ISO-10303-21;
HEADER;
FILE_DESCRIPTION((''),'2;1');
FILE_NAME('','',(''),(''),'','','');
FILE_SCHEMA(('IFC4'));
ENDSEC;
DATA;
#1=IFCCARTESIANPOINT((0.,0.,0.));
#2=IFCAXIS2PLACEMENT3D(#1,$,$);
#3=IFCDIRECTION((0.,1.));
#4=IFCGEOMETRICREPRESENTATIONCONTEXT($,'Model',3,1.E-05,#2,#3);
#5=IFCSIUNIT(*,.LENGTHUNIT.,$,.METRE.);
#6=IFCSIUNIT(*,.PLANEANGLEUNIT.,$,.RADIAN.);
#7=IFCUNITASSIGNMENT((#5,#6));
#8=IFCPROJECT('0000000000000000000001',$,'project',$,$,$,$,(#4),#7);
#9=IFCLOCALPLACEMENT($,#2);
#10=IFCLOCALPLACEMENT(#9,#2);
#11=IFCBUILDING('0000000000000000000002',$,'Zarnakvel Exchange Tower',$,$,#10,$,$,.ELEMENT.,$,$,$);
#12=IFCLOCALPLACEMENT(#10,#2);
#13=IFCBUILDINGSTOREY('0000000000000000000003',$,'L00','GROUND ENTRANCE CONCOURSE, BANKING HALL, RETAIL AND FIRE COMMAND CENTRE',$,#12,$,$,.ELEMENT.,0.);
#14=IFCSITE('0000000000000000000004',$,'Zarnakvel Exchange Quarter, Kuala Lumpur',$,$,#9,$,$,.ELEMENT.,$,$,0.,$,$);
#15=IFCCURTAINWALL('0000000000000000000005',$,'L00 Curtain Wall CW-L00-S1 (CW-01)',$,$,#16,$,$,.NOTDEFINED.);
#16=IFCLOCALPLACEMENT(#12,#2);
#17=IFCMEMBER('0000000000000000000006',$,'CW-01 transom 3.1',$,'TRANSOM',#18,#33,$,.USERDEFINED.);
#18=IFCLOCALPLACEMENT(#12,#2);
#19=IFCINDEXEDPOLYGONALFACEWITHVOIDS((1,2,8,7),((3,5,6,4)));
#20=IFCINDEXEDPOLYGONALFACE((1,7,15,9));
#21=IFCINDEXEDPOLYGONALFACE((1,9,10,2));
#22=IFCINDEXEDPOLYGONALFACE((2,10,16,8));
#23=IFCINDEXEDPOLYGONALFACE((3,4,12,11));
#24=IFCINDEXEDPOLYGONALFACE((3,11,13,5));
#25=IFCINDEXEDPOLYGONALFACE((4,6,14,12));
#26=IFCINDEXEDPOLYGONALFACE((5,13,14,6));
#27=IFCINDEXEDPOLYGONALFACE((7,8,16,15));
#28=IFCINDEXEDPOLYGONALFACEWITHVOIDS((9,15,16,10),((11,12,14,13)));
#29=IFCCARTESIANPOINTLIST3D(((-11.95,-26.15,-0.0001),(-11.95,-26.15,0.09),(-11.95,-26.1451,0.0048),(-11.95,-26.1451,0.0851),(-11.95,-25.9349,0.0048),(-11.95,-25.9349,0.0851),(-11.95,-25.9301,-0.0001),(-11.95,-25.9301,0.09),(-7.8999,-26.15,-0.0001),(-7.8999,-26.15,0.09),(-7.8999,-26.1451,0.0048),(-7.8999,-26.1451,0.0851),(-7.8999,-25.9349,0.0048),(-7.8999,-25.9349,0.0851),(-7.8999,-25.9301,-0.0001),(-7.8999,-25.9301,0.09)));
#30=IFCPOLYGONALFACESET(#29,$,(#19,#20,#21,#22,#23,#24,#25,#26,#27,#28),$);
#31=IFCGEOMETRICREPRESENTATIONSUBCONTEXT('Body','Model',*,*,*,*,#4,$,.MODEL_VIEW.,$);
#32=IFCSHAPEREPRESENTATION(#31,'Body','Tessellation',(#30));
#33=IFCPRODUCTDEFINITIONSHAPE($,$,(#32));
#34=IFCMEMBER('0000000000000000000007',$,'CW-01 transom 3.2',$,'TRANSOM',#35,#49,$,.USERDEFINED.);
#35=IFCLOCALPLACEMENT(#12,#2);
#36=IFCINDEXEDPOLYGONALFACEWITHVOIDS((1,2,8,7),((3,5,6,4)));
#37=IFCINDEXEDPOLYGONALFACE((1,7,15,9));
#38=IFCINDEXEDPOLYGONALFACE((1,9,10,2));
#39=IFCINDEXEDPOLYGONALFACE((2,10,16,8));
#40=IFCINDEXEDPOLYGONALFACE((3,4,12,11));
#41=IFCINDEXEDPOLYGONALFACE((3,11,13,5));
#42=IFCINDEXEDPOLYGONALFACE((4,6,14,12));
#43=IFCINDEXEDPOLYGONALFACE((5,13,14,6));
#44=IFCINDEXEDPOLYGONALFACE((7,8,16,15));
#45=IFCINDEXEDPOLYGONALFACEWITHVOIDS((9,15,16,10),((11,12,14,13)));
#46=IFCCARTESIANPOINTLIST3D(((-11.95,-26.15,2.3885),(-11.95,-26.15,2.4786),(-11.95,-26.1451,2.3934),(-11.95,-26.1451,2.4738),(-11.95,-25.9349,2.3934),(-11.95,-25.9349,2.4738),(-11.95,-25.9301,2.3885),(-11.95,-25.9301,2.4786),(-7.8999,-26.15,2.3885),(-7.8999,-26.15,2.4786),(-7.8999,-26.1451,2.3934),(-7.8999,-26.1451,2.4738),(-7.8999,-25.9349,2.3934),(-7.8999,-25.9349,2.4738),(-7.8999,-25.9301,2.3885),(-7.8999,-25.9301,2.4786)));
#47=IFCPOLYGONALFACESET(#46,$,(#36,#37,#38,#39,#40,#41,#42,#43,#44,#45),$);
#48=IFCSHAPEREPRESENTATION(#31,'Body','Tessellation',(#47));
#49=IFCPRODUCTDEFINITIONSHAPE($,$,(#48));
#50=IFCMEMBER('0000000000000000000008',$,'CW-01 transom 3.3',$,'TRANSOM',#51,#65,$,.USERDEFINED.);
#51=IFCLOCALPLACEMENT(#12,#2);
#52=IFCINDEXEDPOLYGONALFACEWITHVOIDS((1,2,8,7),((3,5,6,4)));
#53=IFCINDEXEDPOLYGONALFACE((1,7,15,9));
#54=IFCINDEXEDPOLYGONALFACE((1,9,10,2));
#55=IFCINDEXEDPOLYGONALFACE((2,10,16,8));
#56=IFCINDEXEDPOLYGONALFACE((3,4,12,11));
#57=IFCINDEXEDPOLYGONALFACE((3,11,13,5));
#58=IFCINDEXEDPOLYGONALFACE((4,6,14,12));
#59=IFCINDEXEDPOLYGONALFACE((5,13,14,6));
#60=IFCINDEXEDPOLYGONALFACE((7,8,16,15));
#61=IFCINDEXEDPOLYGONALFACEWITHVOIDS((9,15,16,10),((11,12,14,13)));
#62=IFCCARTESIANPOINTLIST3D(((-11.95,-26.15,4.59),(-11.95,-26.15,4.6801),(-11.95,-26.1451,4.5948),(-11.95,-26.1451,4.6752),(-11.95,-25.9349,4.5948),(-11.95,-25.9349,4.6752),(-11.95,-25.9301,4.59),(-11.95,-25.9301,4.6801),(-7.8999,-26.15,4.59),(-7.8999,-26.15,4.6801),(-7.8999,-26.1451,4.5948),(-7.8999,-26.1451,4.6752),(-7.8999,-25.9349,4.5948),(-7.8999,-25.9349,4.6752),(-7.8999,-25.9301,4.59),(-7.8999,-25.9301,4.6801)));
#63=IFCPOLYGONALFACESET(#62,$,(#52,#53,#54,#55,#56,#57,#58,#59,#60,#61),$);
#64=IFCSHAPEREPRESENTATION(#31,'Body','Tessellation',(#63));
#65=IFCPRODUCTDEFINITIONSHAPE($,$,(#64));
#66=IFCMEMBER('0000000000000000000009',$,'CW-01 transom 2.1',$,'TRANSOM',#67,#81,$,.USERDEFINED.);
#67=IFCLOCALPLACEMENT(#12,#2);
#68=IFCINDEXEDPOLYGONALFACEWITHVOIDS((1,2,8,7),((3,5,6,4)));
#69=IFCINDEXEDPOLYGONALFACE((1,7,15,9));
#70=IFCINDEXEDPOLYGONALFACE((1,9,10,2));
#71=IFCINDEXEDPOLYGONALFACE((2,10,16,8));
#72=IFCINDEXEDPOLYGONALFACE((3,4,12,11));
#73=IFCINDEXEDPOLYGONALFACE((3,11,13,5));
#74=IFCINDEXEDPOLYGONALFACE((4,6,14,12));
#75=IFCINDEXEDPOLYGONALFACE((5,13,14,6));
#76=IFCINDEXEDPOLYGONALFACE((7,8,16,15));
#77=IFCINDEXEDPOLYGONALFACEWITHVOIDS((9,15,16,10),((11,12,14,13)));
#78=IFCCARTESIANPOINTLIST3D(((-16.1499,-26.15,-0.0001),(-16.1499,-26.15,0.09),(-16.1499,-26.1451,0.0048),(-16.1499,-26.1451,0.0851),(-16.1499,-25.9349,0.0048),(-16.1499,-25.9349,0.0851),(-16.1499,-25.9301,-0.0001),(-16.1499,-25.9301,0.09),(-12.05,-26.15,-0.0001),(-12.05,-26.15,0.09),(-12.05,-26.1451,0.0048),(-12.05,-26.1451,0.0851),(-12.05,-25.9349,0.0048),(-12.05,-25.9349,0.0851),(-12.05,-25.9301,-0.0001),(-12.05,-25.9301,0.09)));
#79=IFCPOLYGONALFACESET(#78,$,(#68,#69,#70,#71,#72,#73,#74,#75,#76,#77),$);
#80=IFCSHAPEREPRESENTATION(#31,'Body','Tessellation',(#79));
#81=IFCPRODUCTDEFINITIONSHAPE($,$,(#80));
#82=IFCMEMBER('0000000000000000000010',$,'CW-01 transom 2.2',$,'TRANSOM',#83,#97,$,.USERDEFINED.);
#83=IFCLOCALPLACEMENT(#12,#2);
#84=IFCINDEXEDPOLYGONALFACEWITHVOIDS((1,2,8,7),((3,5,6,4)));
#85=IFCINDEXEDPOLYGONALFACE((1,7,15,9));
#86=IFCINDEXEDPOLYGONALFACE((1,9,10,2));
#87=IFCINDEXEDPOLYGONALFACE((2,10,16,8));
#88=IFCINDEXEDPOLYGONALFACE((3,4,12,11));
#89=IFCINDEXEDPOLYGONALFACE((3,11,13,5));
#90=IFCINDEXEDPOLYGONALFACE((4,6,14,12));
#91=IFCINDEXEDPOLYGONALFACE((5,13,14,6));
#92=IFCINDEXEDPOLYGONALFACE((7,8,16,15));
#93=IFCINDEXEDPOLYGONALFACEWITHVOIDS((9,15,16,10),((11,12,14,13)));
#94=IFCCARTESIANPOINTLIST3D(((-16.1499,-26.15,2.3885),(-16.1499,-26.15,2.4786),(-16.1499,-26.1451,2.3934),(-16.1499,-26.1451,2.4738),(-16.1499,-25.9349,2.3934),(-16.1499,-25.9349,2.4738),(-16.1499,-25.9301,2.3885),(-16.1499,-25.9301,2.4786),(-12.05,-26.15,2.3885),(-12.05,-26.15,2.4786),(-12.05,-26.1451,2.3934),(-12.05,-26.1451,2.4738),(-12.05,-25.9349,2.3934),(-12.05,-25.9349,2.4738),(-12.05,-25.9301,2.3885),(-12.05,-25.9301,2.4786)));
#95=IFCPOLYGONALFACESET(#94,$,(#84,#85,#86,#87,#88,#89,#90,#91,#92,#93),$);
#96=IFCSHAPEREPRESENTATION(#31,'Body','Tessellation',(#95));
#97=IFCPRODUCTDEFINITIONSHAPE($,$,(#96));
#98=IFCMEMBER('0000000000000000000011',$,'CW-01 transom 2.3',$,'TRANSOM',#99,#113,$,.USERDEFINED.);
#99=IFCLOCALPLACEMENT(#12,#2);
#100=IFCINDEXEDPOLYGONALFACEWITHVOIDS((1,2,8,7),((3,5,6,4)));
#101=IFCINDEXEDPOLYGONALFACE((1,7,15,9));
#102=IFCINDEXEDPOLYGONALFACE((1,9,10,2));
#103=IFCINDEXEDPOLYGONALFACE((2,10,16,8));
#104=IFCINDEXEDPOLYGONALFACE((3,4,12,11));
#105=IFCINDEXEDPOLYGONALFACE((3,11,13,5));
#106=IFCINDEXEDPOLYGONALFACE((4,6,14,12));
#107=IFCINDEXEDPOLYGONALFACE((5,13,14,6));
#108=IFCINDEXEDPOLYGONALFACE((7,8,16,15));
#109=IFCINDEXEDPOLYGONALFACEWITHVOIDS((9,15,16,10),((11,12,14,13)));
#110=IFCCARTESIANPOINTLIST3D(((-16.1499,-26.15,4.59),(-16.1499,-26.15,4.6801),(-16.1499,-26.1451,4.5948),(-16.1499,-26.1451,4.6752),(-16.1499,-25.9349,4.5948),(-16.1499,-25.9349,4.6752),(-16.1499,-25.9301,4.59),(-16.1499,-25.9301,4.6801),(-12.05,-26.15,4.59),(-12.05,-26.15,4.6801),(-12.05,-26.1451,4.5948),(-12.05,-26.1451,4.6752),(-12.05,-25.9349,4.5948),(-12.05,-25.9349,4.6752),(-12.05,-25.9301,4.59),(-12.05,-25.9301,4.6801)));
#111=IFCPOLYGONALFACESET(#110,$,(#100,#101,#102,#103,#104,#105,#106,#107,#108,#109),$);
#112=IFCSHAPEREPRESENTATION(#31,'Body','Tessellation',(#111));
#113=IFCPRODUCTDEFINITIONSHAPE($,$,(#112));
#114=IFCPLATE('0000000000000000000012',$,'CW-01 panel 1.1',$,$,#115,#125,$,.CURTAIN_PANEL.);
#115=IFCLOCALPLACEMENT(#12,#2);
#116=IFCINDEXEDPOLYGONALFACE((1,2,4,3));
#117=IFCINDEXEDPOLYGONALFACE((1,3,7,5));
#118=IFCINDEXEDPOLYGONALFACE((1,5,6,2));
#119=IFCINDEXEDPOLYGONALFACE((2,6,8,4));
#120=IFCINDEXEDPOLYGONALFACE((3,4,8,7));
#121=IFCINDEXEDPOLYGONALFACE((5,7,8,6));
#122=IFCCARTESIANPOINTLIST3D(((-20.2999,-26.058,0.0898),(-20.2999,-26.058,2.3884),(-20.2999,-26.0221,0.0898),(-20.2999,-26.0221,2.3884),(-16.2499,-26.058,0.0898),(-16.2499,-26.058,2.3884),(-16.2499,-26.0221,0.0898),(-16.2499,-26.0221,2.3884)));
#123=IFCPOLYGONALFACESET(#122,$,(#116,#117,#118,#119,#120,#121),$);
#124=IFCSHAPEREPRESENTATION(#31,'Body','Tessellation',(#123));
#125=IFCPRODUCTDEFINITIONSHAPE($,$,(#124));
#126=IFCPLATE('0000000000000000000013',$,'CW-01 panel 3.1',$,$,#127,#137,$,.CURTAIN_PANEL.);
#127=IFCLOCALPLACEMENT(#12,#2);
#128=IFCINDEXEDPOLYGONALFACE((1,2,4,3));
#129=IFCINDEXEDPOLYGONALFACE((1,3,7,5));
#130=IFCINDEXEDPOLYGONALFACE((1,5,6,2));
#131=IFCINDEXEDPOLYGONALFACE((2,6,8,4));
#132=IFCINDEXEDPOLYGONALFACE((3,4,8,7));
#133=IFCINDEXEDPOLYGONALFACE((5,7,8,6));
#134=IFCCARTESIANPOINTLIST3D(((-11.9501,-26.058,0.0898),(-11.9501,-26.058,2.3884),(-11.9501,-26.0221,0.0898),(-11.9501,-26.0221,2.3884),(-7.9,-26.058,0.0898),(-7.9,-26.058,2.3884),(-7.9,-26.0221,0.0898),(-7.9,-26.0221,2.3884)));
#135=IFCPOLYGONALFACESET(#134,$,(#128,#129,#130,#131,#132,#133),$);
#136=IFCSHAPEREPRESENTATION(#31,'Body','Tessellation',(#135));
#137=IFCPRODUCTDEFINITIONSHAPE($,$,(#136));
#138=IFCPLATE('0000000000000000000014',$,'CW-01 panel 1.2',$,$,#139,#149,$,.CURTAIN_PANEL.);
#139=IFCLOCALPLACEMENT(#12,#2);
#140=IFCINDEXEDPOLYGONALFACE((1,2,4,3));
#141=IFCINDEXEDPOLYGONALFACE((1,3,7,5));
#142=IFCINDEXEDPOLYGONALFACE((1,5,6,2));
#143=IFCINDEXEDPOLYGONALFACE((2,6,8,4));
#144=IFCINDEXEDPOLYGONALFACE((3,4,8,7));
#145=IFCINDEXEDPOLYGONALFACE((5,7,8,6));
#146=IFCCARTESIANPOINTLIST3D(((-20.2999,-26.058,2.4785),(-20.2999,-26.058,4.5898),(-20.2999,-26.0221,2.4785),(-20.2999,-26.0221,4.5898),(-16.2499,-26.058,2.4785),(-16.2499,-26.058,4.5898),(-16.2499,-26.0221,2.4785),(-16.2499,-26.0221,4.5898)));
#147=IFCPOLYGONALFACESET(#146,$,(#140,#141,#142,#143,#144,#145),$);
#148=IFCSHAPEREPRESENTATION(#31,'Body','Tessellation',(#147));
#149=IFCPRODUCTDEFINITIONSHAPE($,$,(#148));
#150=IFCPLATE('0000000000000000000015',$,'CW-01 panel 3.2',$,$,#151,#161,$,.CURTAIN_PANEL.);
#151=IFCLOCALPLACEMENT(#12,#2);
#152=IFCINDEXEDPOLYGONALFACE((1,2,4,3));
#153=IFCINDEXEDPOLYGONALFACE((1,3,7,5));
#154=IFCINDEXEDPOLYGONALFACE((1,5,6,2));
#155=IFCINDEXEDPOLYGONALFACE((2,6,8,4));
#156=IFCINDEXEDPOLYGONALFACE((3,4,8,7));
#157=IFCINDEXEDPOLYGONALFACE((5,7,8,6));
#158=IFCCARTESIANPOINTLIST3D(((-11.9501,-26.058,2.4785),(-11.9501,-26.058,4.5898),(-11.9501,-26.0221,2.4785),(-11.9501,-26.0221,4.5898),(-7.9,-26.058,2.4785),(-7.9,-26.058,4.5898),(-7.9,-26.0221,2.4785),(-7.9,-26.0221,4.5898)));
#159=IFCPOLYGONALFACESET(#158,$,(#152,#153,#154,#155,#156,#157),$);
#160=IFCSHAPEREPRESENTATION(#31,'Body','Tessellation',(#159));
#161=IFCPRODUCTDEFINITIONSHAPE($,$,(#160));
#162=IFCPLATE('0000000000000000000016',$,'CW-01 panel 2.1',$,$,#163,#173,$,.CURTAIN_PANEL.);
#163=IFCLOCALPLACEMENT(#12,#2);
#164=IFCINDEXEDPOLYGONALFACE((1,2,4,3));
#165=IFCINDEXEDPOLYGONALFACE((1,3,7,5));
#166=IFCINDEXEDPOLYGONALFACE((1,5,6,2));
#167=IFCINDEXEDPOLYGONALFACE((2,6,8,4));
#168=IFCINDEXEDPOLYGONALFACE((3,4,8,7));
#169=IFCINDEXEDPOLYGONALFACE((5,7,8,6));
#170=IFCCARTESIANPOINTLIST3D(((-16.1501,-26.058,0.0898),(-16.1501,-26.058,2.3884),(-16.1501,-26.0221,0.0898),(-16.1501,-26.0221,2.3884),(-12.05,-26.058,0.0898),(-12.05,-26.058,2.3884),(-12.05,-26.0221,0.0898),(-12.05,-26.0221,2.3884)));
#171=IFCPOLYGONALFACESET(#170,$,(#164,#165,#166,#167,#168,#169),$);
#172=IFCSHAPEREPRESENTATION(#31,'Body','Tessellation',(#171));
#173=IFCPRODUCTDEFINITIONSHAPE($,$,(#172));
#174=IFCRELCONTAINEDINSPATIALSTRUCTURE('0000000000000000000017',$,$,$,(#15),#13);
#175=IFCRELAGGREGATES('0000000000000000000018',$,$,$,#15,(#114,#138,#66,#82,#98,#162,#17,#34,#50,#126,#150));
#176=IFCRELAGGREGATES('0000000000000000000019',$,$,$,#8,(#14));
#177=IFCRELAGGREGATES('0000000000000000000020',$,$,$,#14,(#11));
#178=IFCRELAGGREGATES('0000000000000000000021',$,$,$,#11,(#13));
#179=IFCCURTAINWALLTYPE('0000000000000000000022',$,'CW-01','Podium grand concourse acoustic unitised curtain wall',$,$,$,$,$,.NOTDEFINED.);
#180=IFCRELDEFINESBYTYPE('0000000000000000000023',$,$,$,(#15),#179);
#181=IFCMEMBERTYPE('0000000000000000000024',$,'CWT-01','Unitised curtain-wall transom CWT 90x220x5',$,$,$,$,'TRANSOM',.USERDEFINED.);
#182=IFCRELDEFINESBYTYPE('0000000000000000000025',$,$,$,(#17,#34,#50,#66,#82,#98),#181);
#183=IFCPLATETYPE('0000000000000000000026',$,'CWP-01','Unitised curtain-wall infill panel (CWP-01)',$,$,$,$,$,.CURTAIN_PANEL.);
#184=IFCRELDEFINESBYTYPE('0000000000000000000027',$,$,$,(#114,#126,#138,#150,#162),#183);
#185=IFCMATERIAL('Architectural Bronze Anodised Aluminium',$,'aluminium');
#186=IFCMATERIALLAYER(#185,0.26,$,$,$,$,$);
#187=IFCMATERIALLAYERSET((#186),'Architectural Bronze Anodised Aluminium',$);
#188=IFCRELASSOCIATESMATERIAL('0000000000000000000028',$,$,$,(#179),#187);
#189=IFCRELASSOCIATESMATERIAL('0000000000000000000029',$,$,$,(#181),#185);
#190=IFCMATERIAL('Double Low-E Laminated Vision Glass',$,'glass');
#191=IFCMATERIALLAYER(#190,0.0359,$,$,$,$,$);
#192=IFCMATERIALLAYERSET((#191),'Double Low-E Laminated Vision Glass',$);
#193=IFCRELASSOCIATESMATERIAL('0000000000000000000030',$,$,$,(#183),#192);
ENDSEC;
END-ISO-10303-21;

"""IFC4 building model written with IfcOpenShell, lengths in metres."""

from ifc_helpers import new_model, si_unit, direction, frame, origin, origin_2d, place, context, subcontext, project, spatial, rectangle, hollow_rectangle, extrude, source, transform, mapped, material, layer, layer_set, material_profile, profile_set, type_object, element, aggregate, save


model = new_model("IFC4")

# Units and contexts
model_context = context("Model", 3, precision=1e-05, world=origin(), true_north=direction((0.0, 1.0)))
body_context = subcontext(model_context, "Body", "Model", "MODEL_VIEW")
ifc_project = project(units=[si_unit("LENGTHUNIT", "METRE"), si_unit("PLANEANGLEUNIT", "RADIAN")], contexts=[model_context])

# Site, building, storey
site_placement = place(None, origin())
site = spatial("IfcSite", under=ifc_project, at=site_placement, Name="Zarnakvel Exchange Quarter, Kuala Lumpur", CompositionType="ELEMENT", RefElevation=0.0)
building_placement = place(site_placement, origin())
building = spatial("IfcBuilding", under=site, at=building_placement, Name="Zarnakvel Exchange Tower", CompositionType="ELEMENT")
storey_placement = place(building_placement, origin())
storey = spatial("IfcBuildingStorey", under=building, at=storey_placement, Name="L00", Description="GROUND ENTRANCE CONCOURSE, BANKING HALL, RETAIL AND FIRE COMMAND CENTRE", CompositionType="ELEMENT", Elevation=0.0)

# Curtain wall, members, plates
ifc_material_1 = material(Name="Architectural Bronze Anodised Aluminium", Category="aluminium")
ifc_layer_1 = layer(ifc_material_1, 0.26)
ifc_layer_set_1 = layer_set([ifc_layer_1], Name="Architectural Bronze Anodised Aluminium")
curtain_wall_type = type_object("IfcCurtainWallType", Name="CW-01", Description="Podium grand concourse acoustic unitised curtain wall", PredefinedType="NOTDEFINED", material=ifc_layer_set_1)
curtain_wall_placement = place(storey_placement, origin())
curtain_wall = element("IfcCurtainWall", 1, at=curtain_wall_placement, inside=storey, type_object=curtain_wall_type, Name="L00 Curtain Wall CW-L00-S1 (CW-01)", PredefinedType="NOTDEFINED")
ifc_material_profile_1 = material_profile(ifc_material_1, hollow_rectangle(XDim=0.22, YDim=0.0901, WallThickness=0.0049, at=origin_2d()))
ifc_profile_set_1 = profile_set([ifc_material_profile_1], Name="Architectural Bronze Anodised Aluminium")
member_type_1 = type_object("IfcMemberType", Name="CWT-01", Description="Unitised curtain-wall transom CWT 90x220x5", ElementType="TRANSOM", PredefinedType="USERDEFINED", material=ifc_profile_set_1)
shared_shape_1 = source(origin(), body_context, "Body", "SweptSolid", [
    extrude(hollow_rectangle(XDim=0.22, YDim=0.0901, WallThickness=0.0049, at=origin_2d()), origin(), (0.0, 0.0, 1.0), 4.05),
])
member_1_placement = place(storey_placement, frame((-11.95, -26.04, 0.0449), z_axis=(1.0, 0.0, 0.0), x_axis=(0.0, 1.0, 0.0)))
member_1 = element("IfcMember", 2, at=member_1_placement, type_object=member_type_1, Name="CW-01 transom 3.1", ObjectType="TRANSOM", PredefinedType="USERDEFINED", context=body_context, shape_type="MappedRepresentation", body=[
    mapped(shared_shape_1, transform((0.0, 0.0, 0.0), x_axis=(1.0, 0.0, 0.0), y_axis=(0.0, 1.0, 0.0), z_axis=(0.0, 0.0, 1.0), scale=1.0)),
])
member_2_placement = place(storey_placement, frame((-11.95, -26.04, 2.4336), z_axis=(1.0, 0.0, 0.0), x_axis=(0.0, 1.0, 0.0)))
member_2 = element("IfcMember", 3, at=member_2_placement, type_object=member_type_1, Name="CW-01 transom 3.2", ObjectType="TRANSOM", PredefinedType="USERDEFINED", context=body_context, shape_type="MappedRepresentation", body=[
    mapped(shared_shape_1, transform((0.0, 0.0, 0.0), x_axis=(1.0, 0.0, 0.0), y_axis=(0.0, 1.0, 0.0), z_axis=(0.0, 0.0, 1.0), scale=1.0)),
])
member_3_placement = place(storey_placement, frame((-11.95, -26.04, 4.635), z_axis=(1.0, 0.0, 0.0), x_axis=(0.0, 1.0, 0.0)))
member_3 = element("IfcMember", 4, at=member_3_placement, type_object=member_type_1, Name="CW-01 transom 3.3", ObjectType="TRANSOM", PredefinedType="USERDEFINED", context=body_context, shape_type="MappedRepresentation", body=[
    mapped(shared_shape_1, transform((0.0, 0.0, 0.0), x_axis=(1.0, 0.0, 0.0), y_axis=(0.0, 1.0, 0.0), z_axis=(0.0, 0.0, 1.0), scale=1.0)),
])
shared_shape_2 = source(origin(), body_context, "Body", "SweptSolid", [
    extrude(hollow_rectangle(XDim=0.22, YDim=0.0901, WallThickness=0.0049, at=origin_2d()), origin(), (0.0, 0.0, 1.0), 4.0999),
])
member_4_placement = place(storey_placement, frame((-16.1499, -26.04, 0.0449), z_axis=(1.0, 0.0, 0.0), x_axis=(0.0, 1.0, 0.0)))
member_4 = element("IfcMember", 5, at=member_4_placement, type_object=member_type_1, Name="CW-01 transom 2.1", ObjectType="TRANSOM", PredefinedType="USERDEFINED", context=body_context, shape_type="MappedRepresentation", body=[
    mapped(shared_shape_2, transform((0.0, 0.0, 0.0), x_axis=(1.0, 0.0, 0.0), y_axis=(0.0, 1.0, 0.0), z_axis=(0.0, 0.0, 1.0), scale=1.0)),
])
member_5_placement = place(storey_placement, frame((-16.1499, -26.04, 2.4336), z_axis=(1.0, 0.0, 0.0), x_axis=(0.0, 1.0, 0.0)))
member_5 = element("IfcMember", 6, at=member_5_placement, type_object=member_type_1, Name="CW-01 transom 2.2", ObjectType="TRANSOM", PredefinedType="USERDEFINED", context=body_context, shape_type="MappedRepresentation", body=[
    mapped(shared_shape_2, transform((0.0, 0.0, 0.0), x_axis=(1.0, 0.0, 0.0), y_axis=(0.0, 1.0, 0.0), z_axis=(0.0, 0.0, 1.0), scale=1.0)),
])
member_6_placement = place(storey_placement, frame((-16.1499, -26.04, 4.635), z_axis=(1.0, 0.0, 0.0), x_axis=(0.0, 1.0, 0.0)))
member_6 = element("IfcMember", 7, at=member_6_placement, type_object=member_type_1, Name="CW-01 transom 2.3", ObjectType="TRANSOM", PredefinedType="USERDEFINED", context=body_context, shape_type="MappedRepresentation", body=[
    mapped(shared_shape_2, transform((0.0, 0.0, 0.0), x_axis=(1.0, 0.0, 0.0), y_axis=(0.0, 1.0, 0.0), z_axis=(0.0, 0.0, 1.0), scale=1.0)),
])
ifc_material_2 = material(Name="Double Low-E Laminated Vision Glass", Category="glass")
ifc_layer_2 = layer(ifc_material_2, 0.0359)
ifc_layer_set_2 = layer_set([ifc_layer_2], Name="Double Low-E Laminated Vision Glass")
plate_type = type_object("IfcPlateType", Name="CWP-01", Description="Unitised curtain-wall infill panel (CWP-01)", PredefinedType="CURTAIN_PANEL", material=ifc_layer_set_2)
shared_shape_3 = source(origin(), body_context, "Body", "SweptSolid", [
    extrude(rectangle(XDim=4.05, YDim=0.0359, at=origin_2d()), origin(), (0.0, 0.0, 1.0), 2.2986),
])
plate_1_placement = place(storey_placement, frame((-18.2749, -26.04, 0.0898), z_axis=(0.0, 0.0, 1.0), x_axis=(1.0, 0.0, 0.0)))
plate_1 = element("IfcPlate", 8, at=plate_1_placement, type_object=plate_type, Name="CW-01 panel 1.1", PredefinedType="CURTAIN_PANEL", context=body_context, shape_type="MappedRepresentation", body=[
    mapped(shared_shape_3, transform((0.0, 0.0, 0.0), x_axis=(1.0, 0.0, 0.0), y_axis=(0.0, 1.0, 0.0), z_axis=(0.0, 0.0, 1.0), scale=1.0)),
])
plate_2_placement = place(storey_placement, frame((-9.925, -26.04, 0.0898), z_axis=(0.0, 0.0, 1.0), x_axis=(1.0, 0.0, 0.0)))
plate_2 = element("IfcPlate", 9, at=plate_2_placement, type_object=plate_type, Name="CW-01 panel 3.1", PredefinedType="CURTAIN_PANEL", context=body_context, shape_type="MappedRepresentation", body=[
    mapped(shared_shape_3, transform((0.0, 0.0, 0.0), x_axis=(1.0, 0.0, 0.0), y_axis=(0.0, 1.0, 0.0), z_axis=(0.0, 0.0, 1.0), scale=1.0)),
])
shared_shape_4 = source(origin(), body_context, "Body", "SweptSolid", [
    extrude(rectangle(XDim=4.05, YDim=0.0359, at=origin_2d()), origin(), (0.0, 0.0, 1.0), 2.1113),
])
plate_3_placement = place(storey_placement, frame((-18.2749, -26.04, 2.4785), z_axis=(0.0, 0.0, 1.0), x_axis=(1.0, 0.0, 0.0)))
plate_3 = element("IfcPlate", 10, at=plate_3_placement, type_object=plate_type, Name="CW-01 panel 1.2", PredefinedType="CURTAIN_PANEL", context=body_context, shape_type="MappedRepresentation", body=[
    mapped(shared_shape_4, transform((0.0, 0.0, 0.0), x_axis=(1.0, 0.0, 0.0), y_axis=(0.0, 1.0, 0.0), z_axis=(0.0, 0.0, 1.0), scale=1.0)),
])
plate_4_placement = place(storey_placement, frame((-9.925, -26.04, 2.4785), z_axis=(0.0, 0.0, 1.0), x_axis=(1.0, 0.0, 0.0)))
plate_4 = element("IfcPlate", 11, at=plate_4_placement, type_object=plate_type, Name="CW-01 panel 3.2", PredefinedType="CURTAIN_PANEL", context=body_context, shape_type="MappedRepresentation", body=[
    mapped(shared_shape_4, transform((0.0, 0.0, 0.0), x_axis=(1.0, 0.0, 0.0), y_axis=(0.0, 1.0, 0.0), z_axis=(0.0, 0.0, 1.0), scale=1.0)),
])
shared_shape_5 = source(origin(), body_context, "Body", "SweptSolid", [
    extrude(rectangle(XDim=4.1001, YDim=0.0359, at=origin_2d()), origin(), (0.0, 0.0, 1.0), 2.2986),
])
plate_5_placement = place(storey_placement, frame((-14.1001, -26.04, 0.0898), z_axis=(0.0, 0.0, 1.0), x_axis=(1.0, 0.0, 0.0)))
plate_5 = element("IfcPlate", 12, at=plate_5_placement, type_object=plate_type, Name="CW-01 panel 2.1", PredefinedType="CURTAIN_PANEL", context=body_context, shape_type="MappedRepresentation", body=[
    mapped(shared_shape_5, transform((0.0, 0.0, 0.0), x_axis=(1.0, 0.0, 0.0), y_axis=(0.0, 1.0, 0.0), z_axis=(0.0, 0.0, 1.0), scale=1.0)),
])
aggregate(curtain_wall, [plate_1, plate_3, member_4, member_5, member_6, plate_5, member_1, member_2, member_3, plate_2, plate_4])

save(model, "model.ifc")
